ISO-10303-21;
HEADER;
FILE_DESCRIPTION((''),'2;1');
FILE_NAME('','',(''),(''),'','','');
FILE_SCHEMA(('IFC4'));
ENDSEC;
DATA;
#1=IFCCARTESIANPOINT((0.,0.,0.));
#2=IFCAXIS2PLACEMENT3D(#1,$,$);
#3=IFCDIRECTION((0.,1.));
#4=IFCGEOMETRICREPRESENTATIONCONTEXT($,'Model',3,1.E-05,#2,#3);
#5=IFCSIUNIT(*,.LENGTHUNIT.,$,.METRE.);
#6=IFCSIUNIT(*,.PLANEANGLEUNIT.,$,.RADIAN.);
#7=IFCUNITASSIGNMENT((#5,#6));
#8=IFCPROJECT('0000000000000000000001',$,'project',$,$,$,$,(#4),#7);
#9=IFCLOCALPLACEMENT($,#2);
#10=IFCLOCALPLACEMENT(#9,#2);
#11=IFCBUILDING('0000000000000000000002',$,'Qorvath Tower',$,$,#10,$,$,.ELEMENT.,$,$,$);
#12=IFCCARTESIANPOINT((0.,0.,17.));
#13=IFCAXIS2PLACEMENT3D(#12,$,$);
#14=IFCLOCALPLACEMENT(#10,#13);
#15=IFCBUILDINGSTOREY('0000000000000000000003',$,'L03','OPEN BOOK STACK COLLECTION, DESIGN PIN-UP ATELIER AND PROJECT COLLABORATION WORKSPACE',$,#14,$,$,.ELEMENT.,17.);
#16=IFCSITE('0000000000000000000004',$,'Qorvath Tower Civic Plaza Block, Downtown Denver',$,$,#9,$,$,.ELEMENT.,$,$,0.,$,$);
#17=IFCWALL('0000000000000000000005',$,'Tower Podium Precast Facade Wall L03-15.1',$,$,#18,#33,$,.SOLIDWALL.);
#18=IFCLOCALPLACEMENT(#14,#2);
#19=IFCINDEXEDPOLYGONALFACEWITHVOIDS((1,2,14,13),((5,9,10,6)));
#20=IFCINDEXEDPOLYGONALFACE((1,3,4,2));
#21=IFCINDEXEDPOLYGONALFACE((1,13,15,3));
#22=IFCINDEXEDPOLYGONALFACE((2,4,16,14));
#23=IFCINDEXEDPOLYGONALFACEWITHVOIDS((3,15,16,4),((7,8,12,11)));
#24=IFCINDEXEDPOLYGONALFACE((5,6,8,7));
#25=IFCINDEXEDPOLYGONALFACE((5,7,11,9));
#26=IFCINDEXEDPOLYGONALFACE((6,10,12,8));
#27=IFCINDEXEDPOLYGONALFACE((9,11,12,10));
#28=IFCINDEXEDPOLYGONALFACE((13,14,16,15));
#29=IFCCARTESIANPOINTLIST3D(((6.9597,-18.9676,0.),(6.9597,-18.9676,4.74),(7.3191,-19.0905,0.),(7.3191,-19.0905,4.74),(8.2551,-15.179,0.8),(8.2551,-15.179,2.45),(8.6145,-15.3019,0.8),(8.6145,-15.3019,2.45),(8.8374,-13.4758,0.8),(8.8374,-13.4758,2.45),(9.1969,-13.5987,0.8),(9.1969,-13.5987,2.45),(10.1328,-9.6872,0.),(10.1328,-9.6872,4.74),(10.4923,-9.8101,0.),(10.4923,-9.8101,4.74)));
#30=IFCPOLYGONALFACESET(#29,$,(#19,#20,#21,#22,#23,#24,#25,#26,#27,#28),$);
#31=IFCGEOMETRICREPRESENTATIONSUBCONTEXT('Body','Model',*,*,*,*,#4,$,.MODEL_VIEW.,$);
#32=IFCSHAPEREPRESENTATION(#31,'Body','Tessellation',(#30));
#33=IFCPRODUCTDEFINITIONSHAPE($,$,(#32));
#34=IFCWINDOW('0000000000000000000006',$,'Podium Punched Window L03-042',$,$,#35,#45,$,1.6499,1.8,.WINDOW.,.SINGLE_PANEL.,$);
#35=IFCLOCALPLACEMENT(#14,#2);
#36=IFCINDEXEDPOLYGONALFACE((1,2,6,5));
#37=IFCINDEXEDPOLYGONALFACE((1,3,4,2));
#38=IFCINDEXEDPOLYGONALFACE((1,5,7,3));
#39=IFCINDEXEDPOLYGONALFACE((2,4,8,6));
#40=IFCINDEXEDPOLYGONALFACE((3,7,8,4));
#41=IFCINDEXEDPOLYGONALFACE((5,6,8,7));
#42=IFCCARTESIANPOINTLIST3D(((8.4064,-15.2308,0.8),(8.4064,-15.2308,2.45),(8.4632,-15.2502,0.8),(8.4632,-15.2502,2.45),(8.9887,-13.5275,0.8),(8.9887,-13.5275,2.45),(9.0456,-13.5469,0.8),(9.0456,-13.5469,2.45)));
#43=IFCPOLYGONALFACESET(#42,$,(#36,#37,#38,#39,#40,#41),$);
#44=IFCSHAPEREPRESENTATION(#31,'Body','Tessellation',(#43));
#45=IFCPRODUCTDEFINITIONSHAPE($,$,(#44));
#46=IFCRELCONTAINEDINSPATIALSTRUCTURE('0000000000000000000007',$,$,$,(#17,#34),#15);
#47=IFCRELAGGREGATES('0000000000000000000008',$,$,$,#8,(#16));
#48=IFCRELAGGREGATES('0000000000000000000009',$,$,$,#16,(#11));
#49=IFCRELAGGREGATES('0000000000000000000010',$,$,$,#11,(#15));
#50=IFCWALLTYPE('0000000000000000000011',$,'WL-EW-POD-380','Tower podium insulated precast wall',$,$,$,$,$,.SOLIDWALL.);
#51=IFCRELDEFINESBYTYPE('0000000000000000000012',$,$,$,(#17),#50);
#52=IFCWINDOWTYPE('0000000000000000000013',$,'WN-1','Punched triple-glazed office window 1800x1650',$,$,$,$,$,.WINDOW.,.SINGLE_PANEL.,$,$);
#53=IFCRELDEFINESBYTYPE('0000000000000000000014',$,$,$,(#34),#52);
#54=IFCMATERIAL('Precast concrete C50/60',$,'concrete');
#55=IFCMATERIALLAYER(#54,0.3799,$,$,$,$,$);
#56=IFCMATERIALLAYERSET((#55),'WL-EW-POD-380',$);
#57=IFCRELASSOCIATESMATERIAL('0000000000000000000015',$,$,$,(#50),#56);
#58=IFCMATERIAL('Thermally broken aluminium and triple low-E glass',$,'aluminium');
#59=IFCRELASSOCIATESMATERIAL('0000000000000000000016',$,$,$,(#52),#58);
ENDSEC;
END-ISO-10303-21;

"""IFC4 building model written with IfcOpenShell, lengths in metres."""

from ifc_helpers import new_model, si_unit, direction, frame, frame_2d, origin, place, context, subcontext, project, spatial, rectangle, extrude, material, layer, layer_set, type_object, element, fill, save


model = new_model("IFC4")

# Units and contexts
model_context = context("Model", 3, precision=1e-05, world=origin(), true_north=direction((0.0, 1.0)))
body_context = subcontext(model_context, "Body", "Model", "MODEL_VIEW")
ifc_project = project(units=[si_unit("LENGTHUNIT", "METRE"), si_unit("PLANEANGLEUNIT", "RADIAN")], contexts=[model_context])

# Site, building, storey
site_placement = place(None, origin())
site = spatial("IfcSite", under=ifc_project, at=site_placement, Name="Qorvath Tower Civic Plaza Block, Downtown Denver", CompositionType="ELEMENT", RefElevation=0.0)
building_placement = place(site_placement, origin())
building = spatial("IfcBuilding", under=site, at=building_placement, Name="Qorvath Tower", CompositionType="ELEMENT")
storey_placement = place(building_placement, frame((0.0, 0.0, 17.0)))
storey = spatial("IfcBuildingStorey", under=building, at=storey_placement, Name="L03", Description="OPEN BOOK STACK COLLECTION, DESIGN PIN-UP ATELIER AND PROJECT COLLABORATION WORKSPACE", CompositionType="ELEMENT", Elevation=17.0)

# Wall, opening, window
ifc_material_1 = material(Name="Precast concrete C50/60", Category="concrete")
ifc_layer_1 = layer(ifc_material_1, 0.3799)
ifc_layer_set_1 = layer_set([ifc_layer_1], Name="WL-EW-POD-380")
wall_type_1 = type_object("IfcWallType", Name="WL-EW-POD-380", Description="Tower podium insulated precast wall", PredefinedType="SOLIDWALL", material=ifc_layer_set_1)
ifc_material_2 = material(Name="Thermally broken aluminium and triple low-E glass", Category="aluminium")
window_type_1 = type_object("IfcWindowType", Name="WN-1", Description="Punched triple-glazed office window 1800x1650", PartitioningType="SINGLE_PANEL", PredefinedType="WINDOW", material=ifc_material_2)
wall_1_placement = place(storey_placement, frame((10.3125, -9.7488, 0.0), z_axis=(0.0, 0.0, 1.0), x_axis=(-0.323529, -0.946218, 0.0)))
wall_1 = element("IfcWall", 1, at=wall_1_placement, inside=storey, type_object=wall_type_1, Name="Tower Podium Precast Facade Wall L03-15.1", PredefinedType="SOLIDWALL", context=body_context, shape_type="SweptSolid", body=[
    extrude(rectangle(XDim=9.8079, YDim=0.3799, at=frame_2d((4.9038, 0.0))), origin(), (0.0, 0.0, 1.0), 4.74),
])
opening_1_placement = place(wall_1_placement, frame((4.0039, 0.0, 0.8)))
opening_1 = element("IfcOpeningElement", 2, at=opening_1_placement, cuts=wall_1, PredefinedType="OPENING", context=body_context, shape_type="SweptSolid", body=[
    extrude(rectangle(XDim=1.8, YDim=1.6499, at=frame_2d((0.8999, 0.825))), frame((0.0, 0.2, 0.0), z_axis=(0.0, -1.0, 0.0), x_axis=(1.0, 0.0, 0.0)), (0.0, 0.0, 1.0), 0.3999),
])
window_1_placement = place(opening_1_placement, origin())
window_1 = element("IfcWindow", 3, at=window_1_placement, inside=storey, type_object=window_type_1, Name="Podium Punched Window L03-042", OverallHeight=1.6499, OverallWidth=1.8, PartitioningType="SINGLE_PANEL", PredefinedType="WINDOW", context=body_context, shape_type="SweptSolid", body=[
    extrude(rectangle(XDim=1.8, YDim=1.6499, at=frame_2d((0.8999, 0.825))), frame((0.0, 0.03, 0.0), z_axis=(0.0, -1.0, 0.0), x_axis=(1.0, 0.0, 0.0)), (0.0, 0.0, 1.0), 0.0601),
])
fill(opening_1, window_1)

save(model, "model.ifc")
